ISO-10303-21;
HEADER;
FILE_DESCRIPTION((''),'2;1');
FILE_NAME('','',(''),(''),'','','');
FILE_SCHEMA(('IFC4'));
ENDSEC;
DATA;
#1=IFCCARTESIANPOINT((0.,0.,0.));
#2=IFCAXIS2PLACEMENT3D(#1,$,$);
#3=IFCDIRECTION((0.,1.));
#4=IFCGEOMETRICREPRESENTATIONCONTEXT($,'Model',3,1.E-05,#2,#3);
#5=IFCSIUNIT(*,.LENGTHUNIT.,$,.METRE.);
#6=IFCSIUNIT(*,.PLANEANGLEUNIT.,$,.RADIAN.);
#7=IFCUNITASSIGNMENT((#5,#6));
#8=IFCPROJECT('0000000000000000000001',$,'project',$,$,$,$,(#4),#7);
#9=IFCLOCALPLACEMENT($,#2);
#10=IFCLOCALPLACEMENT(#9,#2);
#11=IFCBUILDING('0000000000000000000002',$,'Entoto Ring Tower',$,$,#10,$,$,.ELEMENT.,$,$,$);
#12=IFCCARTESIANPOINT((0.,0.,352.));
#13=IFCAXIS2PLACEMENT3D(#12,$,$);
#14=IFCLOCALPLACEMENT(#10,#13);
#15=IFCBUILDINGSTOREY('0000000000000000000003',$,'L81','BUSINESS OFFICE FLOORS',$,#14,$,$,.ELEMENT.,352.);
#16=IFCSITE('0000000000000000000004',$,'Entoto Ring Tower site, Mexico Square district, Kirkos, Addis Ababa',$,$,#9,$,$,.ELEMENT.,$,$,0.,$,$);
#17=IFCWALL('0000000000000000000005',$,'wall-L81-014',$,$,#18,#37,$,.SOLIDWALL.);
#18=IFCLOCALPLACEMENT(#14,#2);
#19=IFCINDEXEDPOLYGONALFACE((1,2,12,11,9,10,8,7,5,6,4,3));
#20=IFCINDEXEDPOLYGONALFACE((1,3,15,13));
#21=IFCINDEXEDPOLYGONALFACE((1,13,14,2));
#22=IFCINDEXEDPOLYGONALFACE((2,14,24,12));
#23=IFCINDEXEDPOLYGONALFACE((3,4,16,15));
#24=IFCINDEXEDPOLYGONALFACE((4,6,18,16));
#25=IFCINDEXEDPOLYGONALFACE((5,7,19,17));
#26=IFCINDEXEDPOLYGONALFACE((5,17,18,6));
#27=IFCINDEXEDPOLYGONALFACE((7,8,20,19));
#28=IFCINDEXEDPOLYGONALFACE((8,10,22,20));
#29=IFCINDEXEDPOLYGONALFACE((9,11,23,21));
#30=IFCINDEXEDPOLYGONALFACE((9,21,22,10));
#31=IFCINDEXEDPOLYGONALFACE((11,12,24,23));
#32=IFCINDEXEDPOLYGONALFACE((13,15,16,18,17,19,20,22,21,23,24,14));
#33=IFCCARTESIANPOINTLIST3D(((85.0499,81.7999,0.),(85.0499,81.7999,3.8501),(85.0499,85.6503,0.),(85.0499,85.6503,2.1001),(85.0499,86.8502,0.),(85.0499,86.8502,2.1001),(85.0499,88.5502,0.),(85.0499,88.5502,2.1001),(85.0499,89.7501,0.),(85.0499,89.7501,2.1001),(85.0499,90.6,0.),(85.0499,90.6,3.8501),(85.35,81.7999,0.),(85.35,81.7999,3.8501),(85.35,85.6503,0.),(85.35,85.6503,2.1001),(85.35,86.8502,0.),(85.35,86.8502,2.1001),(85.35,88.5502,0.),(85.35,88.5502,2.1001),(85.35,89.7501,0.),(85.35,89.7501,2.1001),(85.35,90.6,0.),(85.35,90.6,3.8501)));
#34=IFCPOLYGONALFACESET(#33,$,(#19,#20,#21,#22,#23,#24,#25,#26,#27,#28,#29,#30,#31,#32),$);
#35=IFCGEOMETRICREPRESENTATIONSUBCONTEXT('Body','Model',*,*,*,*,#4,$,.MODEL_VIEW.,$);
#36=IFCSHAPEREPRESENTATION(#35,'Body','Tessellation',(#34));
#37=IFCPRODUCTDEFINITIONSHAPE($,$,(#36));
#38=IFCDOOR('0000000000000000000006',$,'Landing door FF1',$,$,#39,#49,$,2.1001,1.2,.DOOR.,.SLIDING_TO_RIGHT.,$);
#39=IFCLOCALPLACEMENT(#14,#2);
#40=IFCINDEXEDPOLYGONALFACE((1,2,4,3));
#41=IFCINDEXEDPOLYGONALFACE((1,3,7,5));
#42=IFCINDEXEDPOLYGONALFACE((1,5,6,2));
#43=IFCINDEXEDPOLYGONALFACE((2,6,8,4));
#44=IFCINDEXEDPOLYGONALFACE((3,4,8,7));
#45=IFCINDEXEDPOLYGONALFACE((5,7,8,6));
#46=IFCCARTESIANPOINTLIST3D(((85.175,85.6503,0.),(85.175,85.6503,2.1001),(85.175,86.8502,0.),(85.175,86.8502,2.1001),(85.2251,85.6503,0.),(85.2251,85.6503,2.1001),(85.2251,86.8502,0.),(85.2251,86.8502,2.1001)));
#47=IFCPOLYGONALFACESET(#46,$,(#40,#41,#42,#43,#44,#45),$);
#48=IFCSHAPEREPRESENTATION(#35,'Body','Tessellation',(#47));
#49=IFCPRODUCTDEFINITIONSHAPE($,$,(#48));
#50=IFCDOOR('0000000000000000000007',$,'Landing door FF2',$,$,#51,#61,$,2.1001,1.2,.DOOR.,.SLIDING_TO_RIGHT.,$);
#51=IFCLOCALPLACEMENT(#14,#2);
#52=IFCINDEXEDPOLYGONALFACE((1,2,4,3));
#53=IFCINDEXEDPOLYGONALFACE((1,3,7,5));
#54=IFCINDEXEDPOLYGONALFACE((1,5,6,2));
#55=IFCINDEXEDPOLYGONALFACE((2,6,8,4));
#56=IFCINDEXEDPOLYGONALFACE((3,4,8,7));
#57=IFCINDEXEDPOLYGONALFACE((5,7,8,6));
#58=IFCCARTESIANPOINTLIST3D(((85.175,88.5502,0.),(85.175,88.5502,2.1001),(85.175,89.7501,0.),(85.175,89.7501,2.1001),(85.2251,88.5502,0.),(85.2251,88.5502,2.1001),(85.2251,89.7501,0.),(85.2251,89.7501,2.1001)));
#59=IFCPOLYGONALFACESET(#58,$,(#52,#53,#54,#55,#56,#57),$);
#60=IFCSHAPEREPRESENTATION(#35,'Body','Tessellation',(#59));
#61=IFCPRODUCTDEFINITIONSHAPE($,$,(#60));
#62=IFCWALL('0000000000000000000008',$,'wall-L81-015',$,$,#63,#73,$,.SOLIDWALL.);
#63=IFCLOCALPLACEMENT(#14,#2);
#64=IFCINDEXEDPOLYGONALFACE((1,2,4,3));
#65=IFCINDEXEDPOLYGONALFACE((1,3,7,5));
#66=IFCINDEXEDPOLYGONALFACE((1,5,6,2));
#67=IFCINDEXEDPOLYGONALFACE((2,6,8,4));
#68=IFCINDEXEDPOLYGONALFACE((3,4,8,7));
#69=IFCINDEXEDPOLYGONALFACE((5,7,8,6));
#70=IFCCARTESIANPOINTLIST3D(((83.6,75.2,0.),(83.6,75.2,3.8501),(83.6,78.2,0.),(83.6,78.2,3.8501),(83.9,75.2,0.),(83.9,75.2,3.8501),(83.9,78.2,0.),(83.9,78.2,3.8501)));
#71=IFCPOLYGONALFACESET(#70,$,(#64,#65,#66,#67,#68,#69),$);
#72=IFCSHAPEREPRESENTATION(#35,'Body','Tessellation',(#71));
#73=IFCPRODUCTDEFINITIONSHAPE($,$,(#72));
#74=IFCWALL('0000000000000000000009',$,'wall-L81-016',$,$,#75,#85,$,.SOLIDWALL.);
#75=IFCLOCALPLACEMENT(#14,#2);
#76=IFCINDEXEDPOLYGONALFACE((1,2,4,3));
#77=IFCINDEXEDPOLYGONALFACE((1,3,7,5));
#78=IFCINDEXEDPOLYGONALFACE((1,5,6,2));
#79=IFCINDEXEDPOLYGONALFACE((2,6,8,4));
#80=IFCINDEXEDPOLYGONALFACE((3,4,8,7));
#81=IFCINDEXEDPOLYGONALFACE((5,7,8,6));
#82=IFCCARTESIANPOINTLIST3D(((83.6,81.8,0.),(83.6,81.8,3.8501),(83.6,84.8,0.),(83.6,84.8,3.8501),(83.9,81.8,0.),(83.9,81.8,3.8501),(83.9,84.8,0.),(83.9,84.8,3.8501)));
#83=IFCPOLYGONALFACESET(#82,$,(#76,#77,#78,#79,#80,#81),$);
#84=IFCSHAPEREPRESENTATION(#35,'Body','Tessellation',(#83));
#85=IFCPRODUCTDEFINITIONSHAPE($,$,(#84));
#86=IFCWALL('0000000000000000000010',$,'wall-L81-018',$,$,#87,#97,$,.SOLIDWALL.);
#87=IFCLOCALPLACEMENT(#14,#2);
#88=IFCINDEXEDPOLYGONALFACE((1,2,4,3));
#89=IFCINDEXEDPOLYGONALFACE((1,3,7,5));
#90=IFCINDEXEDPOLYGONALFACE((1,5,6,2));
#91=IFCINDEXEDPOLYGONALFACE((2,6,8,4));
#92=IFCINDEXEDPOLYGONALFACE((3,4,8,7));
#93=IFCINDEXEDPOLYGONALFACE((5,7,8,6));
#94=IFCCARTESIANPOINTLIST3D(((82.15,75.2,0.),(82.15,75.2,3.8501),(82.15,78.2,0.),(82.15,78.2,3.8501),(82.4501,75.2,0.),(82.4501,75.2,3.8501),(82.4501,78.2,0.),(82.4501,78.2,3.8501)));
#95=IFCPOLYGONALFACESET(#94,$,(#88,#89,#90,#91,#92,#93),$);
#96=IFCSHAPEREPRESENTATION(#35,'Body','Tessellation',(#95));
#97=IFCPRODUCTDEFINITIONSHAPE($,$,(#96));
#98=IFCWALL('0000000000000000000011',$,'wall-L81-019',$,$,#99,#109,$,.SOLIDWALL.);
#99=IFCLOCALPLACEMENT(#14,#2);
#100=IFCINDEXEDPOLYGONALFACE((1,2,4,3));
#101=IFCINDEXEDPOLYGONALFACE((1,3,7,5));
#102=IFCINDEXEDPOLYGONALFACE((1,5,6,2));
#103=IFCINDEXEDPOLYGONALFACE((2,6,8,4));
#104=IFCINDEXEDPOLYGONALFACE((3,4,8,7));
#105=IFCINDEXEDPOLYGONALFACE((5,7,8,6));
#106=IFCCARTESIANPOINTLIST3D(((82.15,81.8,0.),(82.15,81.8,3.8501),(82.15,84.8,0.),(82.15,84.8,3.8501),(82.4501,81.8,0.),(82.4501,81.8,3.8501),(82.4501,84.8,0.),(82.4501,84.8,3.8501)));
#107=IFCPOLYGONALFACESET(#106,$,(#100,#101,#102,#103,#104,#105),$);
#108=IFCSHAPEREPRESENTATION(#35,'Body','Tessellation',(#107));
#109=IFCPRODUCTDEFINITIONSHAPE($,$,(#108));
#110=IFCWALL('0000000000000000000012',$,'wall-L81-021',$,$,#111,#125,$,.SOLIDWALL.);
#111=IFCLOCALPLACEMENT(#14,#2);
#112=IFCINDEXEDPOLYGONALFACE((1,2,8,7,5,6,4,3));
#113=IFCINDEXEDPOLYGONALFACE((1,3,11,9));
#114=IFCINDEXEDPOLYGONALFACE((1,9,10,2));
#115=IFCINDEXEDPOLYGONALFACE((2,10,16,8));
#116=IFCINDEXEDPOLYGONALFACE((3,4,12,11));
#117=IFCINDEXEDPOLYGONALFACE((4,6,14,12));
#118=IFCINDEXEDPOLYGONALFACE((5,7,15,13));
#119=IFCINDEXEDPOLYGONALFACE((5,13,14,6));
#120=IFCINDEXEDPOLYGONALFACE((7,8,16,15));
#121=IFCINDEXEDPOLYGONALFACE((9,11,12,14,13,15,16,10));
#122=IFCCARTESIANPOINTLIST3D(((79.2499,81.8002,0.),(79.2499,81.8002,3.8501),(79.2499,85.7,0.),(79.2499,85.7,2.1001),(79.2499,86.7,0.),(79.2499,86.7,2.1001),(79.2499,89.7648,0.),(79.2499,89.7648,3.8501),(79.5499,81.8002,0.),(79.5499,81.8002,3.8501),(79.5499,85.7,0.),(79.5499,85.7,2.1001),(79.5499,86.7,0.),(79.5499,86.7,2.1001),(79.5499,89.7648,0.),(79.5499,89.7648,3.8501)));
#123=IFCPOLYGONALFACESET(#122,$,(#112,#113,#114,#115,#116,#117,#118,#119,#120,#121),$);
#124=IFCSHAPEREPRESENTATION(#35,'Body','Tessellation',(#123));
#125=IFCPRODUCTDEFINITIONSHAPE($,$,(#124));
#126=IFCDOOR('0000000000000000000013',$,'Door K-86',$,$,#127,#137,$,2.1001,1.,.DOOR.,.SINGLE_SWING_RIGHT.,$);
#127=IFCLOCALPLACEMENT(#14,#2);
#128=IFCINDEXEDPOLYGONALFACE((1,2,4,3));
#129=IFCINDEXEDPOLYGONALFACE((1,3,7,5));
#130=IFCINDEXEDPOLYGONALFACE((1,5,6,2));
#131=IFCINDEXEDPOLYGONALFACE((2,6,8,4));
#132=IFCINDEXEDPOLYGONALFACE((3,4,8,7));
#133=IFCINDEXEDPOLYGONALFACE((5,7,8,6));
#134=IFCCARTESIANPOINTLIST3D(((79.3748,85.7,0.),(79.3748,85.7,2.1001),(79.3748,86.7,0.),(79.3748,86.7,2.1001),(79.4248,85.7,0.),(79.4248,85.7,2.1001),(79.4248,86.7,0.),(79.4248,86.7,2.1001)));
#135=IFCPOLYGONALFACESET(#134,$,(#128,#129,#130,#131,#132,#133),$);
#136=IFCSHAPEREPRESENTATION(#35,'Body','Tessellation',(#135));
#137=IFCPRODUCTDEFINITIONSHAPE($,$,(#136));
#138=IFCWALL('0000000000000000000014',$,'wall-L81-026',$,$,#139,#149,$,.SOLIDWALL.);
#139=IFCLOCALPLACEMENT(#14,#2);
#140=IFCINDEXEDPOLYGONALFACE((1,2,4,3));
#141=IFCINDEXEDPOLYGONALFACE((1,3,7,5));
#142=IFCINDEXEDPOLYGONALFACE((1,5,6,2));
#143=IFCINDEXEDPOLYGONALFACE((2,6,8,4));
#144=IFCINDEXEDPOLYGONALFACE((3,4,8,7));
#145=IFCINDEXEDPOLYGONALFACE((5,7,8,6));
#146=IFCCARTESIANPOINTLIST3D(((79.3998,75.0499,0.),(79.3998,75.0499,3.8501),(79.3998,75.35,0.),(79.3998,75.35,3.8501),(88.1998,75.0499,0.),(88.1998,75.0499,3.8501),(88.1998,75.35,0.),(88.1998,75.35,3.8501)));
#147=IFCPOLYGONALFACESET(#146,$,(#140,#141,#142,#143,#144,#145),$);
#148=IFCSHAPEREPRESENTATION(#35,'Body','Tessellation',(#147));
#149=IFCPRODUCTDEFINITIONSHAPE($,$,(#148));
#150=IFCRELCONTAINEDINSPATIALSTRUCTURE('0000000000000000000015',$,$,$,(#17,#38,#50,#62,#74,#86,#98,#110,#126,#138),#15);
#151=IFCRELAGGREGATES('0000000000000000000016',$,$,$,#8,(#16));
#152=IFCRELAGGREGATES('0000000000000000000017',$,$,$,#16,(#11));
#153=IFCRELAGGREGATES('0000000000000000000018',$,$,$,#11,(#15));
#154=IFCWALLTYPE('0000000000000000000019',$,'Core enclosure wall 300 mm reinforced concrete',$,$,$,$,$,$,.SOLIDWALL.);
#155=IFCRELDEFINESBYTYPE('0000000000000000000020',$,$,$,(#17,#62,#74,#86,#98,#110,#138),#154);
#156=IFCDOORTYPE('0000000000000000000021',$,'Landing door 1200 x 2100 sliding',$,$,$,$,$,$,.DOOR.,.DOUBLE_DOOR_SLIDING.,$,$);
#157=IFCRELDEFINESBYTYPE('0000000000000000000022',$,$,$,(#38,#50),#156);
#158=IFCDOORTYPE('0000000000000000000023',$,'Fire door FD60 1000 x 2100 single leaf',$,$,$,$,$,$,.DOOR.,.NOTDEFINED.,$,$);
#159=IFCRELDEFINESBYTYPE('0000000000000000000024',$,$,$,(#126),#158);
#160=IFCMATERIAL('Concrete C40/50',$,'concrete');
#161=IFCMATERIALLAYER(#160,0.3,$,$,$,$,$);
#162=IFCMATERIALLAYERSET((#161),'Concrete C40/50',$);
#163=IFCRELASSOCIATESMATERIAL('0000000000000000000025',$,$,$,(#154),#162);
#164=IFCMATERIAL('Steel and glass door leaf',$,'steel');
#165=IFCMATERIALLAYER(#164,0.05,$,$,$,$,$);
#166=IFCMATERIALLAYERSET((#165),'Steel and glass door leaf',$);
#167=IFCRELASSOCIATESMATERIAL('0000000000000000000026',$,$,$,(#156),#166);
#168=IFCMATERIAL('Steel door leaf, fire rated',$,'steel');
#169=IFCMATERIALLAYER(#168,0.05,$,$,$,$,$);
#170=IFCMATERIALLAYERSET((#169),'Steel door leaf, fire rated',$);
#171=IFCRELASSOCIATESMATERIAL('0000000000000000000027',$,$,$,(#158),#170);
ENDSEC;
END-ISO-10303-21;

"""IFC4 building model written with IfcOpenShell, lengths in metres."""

from ifc_helpers import new_model, si_unit, direction, frame, frame_2d, origin, place, context, subcontext, project, spatial, rectangle, extrude, material, layer, layer_set, type_object, element, fill, save


model = new_model("IFC4")

# Units and contexts
model_context = context("Model", 3, precision=1e-05, world=origin(), true_north=direction((0.0, 1.0)))
body_context = subcontext(model_context, "Body", "Model", "MODEL_VIEW")
ifc_project = project(units=[si_unit("LENGTHUNIT", "METRE"), si_unit("PLANEANGLEUNIT", "RADIAN")], contexts=[model_context])

# Site, building, storey
site_placement = place(None, origin())
site = spatial("IfcSite", under=ifc_project, at=site_placement, Name="Entoto Ring Tower site, Mexico Square district, Kirkos, Addis Ababa", CompositionType="ELEMENT", RefElevation=0.0)
building_placement = place(site_placement, origin())
building = spatial("IfcBuilding", under=site, at=building_placement, Name="Entoto Ring Tower", CompositionType="ELEMENT")
storey_placement = place(building_placement, frame((0.0, 0.0, 352.0)))
storey = spatial("IfcBuildingStorey", under=building, at=storey_placement, Name="L81", Description="BUSINESS OFFICE FLOORS", CompositionType="ELEMENT", Elevation=352.0)

# Wall, openings, doors
ifc_material_1 = material(Name="Concrete C40/50", Category="concrete")
ifc_layer_1 = layer(ifc_material_1, 0.3)
ifc_layer_set_1 = layer_set([ifc_layer_1], Name="Concrete C40/50")
wall_type_1 = type_object("IfcWallType", Name="Core enclosure wall 300 mm reinforced concrete", PredefinedType="SOLIDWALL", material=ifc_layer_set_1)
wall_1_placement = place(storey_placement, frame((85.2, 81.8, 0.0), z_axis=(0.0, 0.0, 1.0), x_axis=(0.0, 1.0, 0.0)))
wall_1 = element("IfcWall", 1, at=wall_1_placement, inside=storey, type_object=wall_type_1, Name="wall-L81-014", PredefinedType="SOLIDWALL", context=body_context, shape_type="SweptSolid", body=[
    extrude(rectangle(XDim=8.8, YDim=0.3, at=frame_2d((4.3999, 0.0))), origin(), (0.0, 0.0, 1.0), 3.8501),
])
opening_1_placement = place(wall_1_placement, frame((3.8501, 0.0, 0.0)))
opening_1 = element("IfcOpeningElement", 2, at=opening_1_placement, cuts=wall_1, PredefinedType="OPENING", context=body_context, shape_type="SweptSolid", body=[
    extrude(rectangle(XDim=1.2, YDim=2.1001, at=frame_2d((0.6001, 1.05))), frame((0.0, 0.1602, 0.0), z_axis=(0.0, -1.0, 0.0), x_axis=(1.0, 0.0, 0.0)), (0.0, 0.0, 1.0), 0.3201),
])
opening_2_placement = place(wall_1_placement, frame((6.75, 0.0, 0.0)))
opening_2 = element("IfcOpeningElement", 3, at=opening_2_placement, cuts=wall_1, PredefinedType="OPENING", context=body_context, shape_type="SweptSolid", body=[
    extrude(rectangle(XDim=1.2, YDim=2.1001, at=frame_2d((0.6001, 1.05))), frame((0.0, 0.1602, 0.0), z_axis=(0.0, -1.0, 0.0), x_axis=(1.0, 0.0, 0.0)), (0.0, 0.0, 1.0), 0.3201),
])
ifc_material_2 = material(Name="Steel and glass door leaf", Category="steel")
ifc_layer_2 = layer(ifc_material_2, 0.05)
ifc_layer_set_2 = layer_set([ifc_layer_2], Name="Steel and glass door leaf")
door_type_1 = type_object("IfcDoorType", Name="Landing door 1200 x 2100 sliding", OperationType="DOUBLE_DOOR_SLIDING", PredefinedType="DOOR", material=ifc_layer_set_2)
door_1_placement = place(opening_1_placement, origin())
door_1 = element("IfcDoor", 4, at=door_1_placement, inside=storey, type_object=door_type_1, Name="Landing door FF1", OperationType="SLIDING_TO_RIGHT", OverallHeight=2.1001, OverallWidth=1.2, PredefinedType="DOOR", context=body_context, shape_type="SweptSolid", body=[
    extrude(rectangle(XDim=1.2, YDim=2.1001, at=frame_2d((0.6001, 1.05))), frame((0.0, 0.0249, 0.0), z_axis=(0.0, -1.0, 0.0), x_axis=(1.0, 0.0, 0.0)), (0.0, 0.0, 1.0), 0.05),
])
fill(opening_1, door_1)
door_2_placement = place(opening_2_placement, origin())
door_2 = element("IfcDoor", 5, at=door_2_placement, inside=storey, type_object=door_type_1, Name="Landing door FF2", OperationType="SLIDING_TO_RIGHT", OverallHeight=2.1001, OverallWidth=1.2, PredefinedType="DOOR", context=body_context, shape_type="SweptSolid", body=[
    extrude(rectangle(XDim=1.2, YDim=2.1001, at=frame_2d((0.6001, 1.05))), frame((0.0, 0.0249, 0.0), z_axis=(0.0, -1.0, 0.0), x_axis=(1.0, 0.0, 0.0)), (0.0, 0.0, 1.0), 0.05),
])
fill(opening_2, door_2)

# Walls
for number, where, z_axis, x_axis, name in (
    (6, (83.75, 75.2, 0.0), (0.0, 0.0, 1.0), (0.0, 1.0, 0.0), "wall-L81-015"),
    (7, (83.75, 81.8, 0.0), (0.0, 0.0, 1.0), (0.0, 1.0, 0.0), "wall-L81-016"),
    (8, (82.3, 75.2, 0.0), (0.0, 0.0, 1.0), (0.0, 1.0, 0.0), "wall-L81-018"),
    (9, (82.3, 81.8, 0.0), (0.0, 0.0, 1.0), (0.0, 1.0, 0.0), "wall-L81-019"),
):
    element("IfcWall", number, at=place(storey_placement, frame(where, z_axis=z_axis, x_axis=x_axis)), inside=storey, type_object=wall_type_1, Name=name, PredefinedType="SOLIDWALL", context=body_context, shape_type="SweptSolid", body=[
        extrude(rectangle(XDim=3.0, YDim=0.3, at=frame_2d((1.5, 0.0))), origin(), (0.0, 0.0, 1.0), 3.8501),
    ])

# Wall, opening, door
wall_2_placement = place(storey_placement, frame((79.3999, 81.8, 0.0), z_axis=(0.0, 0.0, 1.0), x_axis=(0.0, 1.0, 0.0)))
wall_2 = element("IfcWall", 10, at=wall_2_placement, inside=storey, type_object=wall_type_1, Name="wall-L81-021", PredefinedType="SOLIDWALL", context=body_context, shape_type="SweptSolid", body=[
    extrude(rectangle(XDim=7.9646, YDim=0.3, at=frame_2d((3.9824, 0.0))), origin(), (0.0, 0.0, 1.0), 3.8501),
])
opening_3_placement = place(wall_2_placement, frame((3.8999, 0.0, 0.0)))
opening_3 = element("IfcOpeningElement", 11, at=opening_3_placement, cuts=wall_2, PredefinedType="OPENING", context=body_context, shape_type="SweptSolid", body=[
    extrude(rectangle(XDim=1.0, YDim=2.1001, at=frame_2d((0.5, 1.05))), frame((0.0, 0.1602, 0.0), z_axis=(0.0, -1.0, 0.0), x_axis=(1.0, 0.0, 0.0)), (0.0, 0.0, 1.0), 0.3201),
])
ifc_material_3 = material(Name="Steel door leaf, fire rated", Category="steel")
ifc_layer_3 = layer(ifc_material_3, 0.05)
ifc_layer_set_3 = layer_set([ifc_layer_3], Name="Steel door leaf, fire rated")
door_type_2 = type_object("IfcDoorType", Name="Fire door FD60 1000 x 2100 single leaf", OperationType="NOTDEFINED", PredefinedType="DOOR", material=ifc_layer_set_3)
door_3_placement = place(opening_3_placement, frame((1.0, 0.0, 0.0), z_axis=(0.0, 0.0, 1.0), x_axis=(-1.0, 0.0, 0.0)))
door_3 = element("IfcDoor", 12, at=door_3_placement, inside=storey, type_object=door_type_2, Name="Door K-86", OperationType="SINGLE_SWING_RIGHT", OverallHeight=2.1001, OverallWidth=1.0, PredefinedType="DOOR", context=body_context, shape_type="SweptSolid", body=[
    extrude(rectangle(XDim=1.0, YDim=2.1001, at=frame_2d((0.5, 1.05))), frame((0.0, 0.0249, 0.0), z_axis=(0.0, -1.0, 0.0), x_axis=(1.0, 0.0, 0.0)), (0.0, 0.0, 1.0), 0.05),
])
fill(opening_3, door_3)

# Wall
wall_3_placement = place(storey_placement, frame((79.3999, 75.2, 0.0), z_axis=(0.0, 0.0, 1.0), x_axis=(1.0, 0.0, 0.0)))
element("IfcWall", 13, at=wall_3_placement, inside=storey, type_object=wall_type_1, Name="wall-L81-026", PredefinedType="SOLIDWALL", context=body_context, shape_type="SweptSolid", body=[
    extrude(rectangle(XDim=8.8, YDim=0.3, at=frame_2d((4.3999, 0.0))), origin(), (0.0, 0.0, 1.0), 3.8501),
])

save(model, "model.ifc")
